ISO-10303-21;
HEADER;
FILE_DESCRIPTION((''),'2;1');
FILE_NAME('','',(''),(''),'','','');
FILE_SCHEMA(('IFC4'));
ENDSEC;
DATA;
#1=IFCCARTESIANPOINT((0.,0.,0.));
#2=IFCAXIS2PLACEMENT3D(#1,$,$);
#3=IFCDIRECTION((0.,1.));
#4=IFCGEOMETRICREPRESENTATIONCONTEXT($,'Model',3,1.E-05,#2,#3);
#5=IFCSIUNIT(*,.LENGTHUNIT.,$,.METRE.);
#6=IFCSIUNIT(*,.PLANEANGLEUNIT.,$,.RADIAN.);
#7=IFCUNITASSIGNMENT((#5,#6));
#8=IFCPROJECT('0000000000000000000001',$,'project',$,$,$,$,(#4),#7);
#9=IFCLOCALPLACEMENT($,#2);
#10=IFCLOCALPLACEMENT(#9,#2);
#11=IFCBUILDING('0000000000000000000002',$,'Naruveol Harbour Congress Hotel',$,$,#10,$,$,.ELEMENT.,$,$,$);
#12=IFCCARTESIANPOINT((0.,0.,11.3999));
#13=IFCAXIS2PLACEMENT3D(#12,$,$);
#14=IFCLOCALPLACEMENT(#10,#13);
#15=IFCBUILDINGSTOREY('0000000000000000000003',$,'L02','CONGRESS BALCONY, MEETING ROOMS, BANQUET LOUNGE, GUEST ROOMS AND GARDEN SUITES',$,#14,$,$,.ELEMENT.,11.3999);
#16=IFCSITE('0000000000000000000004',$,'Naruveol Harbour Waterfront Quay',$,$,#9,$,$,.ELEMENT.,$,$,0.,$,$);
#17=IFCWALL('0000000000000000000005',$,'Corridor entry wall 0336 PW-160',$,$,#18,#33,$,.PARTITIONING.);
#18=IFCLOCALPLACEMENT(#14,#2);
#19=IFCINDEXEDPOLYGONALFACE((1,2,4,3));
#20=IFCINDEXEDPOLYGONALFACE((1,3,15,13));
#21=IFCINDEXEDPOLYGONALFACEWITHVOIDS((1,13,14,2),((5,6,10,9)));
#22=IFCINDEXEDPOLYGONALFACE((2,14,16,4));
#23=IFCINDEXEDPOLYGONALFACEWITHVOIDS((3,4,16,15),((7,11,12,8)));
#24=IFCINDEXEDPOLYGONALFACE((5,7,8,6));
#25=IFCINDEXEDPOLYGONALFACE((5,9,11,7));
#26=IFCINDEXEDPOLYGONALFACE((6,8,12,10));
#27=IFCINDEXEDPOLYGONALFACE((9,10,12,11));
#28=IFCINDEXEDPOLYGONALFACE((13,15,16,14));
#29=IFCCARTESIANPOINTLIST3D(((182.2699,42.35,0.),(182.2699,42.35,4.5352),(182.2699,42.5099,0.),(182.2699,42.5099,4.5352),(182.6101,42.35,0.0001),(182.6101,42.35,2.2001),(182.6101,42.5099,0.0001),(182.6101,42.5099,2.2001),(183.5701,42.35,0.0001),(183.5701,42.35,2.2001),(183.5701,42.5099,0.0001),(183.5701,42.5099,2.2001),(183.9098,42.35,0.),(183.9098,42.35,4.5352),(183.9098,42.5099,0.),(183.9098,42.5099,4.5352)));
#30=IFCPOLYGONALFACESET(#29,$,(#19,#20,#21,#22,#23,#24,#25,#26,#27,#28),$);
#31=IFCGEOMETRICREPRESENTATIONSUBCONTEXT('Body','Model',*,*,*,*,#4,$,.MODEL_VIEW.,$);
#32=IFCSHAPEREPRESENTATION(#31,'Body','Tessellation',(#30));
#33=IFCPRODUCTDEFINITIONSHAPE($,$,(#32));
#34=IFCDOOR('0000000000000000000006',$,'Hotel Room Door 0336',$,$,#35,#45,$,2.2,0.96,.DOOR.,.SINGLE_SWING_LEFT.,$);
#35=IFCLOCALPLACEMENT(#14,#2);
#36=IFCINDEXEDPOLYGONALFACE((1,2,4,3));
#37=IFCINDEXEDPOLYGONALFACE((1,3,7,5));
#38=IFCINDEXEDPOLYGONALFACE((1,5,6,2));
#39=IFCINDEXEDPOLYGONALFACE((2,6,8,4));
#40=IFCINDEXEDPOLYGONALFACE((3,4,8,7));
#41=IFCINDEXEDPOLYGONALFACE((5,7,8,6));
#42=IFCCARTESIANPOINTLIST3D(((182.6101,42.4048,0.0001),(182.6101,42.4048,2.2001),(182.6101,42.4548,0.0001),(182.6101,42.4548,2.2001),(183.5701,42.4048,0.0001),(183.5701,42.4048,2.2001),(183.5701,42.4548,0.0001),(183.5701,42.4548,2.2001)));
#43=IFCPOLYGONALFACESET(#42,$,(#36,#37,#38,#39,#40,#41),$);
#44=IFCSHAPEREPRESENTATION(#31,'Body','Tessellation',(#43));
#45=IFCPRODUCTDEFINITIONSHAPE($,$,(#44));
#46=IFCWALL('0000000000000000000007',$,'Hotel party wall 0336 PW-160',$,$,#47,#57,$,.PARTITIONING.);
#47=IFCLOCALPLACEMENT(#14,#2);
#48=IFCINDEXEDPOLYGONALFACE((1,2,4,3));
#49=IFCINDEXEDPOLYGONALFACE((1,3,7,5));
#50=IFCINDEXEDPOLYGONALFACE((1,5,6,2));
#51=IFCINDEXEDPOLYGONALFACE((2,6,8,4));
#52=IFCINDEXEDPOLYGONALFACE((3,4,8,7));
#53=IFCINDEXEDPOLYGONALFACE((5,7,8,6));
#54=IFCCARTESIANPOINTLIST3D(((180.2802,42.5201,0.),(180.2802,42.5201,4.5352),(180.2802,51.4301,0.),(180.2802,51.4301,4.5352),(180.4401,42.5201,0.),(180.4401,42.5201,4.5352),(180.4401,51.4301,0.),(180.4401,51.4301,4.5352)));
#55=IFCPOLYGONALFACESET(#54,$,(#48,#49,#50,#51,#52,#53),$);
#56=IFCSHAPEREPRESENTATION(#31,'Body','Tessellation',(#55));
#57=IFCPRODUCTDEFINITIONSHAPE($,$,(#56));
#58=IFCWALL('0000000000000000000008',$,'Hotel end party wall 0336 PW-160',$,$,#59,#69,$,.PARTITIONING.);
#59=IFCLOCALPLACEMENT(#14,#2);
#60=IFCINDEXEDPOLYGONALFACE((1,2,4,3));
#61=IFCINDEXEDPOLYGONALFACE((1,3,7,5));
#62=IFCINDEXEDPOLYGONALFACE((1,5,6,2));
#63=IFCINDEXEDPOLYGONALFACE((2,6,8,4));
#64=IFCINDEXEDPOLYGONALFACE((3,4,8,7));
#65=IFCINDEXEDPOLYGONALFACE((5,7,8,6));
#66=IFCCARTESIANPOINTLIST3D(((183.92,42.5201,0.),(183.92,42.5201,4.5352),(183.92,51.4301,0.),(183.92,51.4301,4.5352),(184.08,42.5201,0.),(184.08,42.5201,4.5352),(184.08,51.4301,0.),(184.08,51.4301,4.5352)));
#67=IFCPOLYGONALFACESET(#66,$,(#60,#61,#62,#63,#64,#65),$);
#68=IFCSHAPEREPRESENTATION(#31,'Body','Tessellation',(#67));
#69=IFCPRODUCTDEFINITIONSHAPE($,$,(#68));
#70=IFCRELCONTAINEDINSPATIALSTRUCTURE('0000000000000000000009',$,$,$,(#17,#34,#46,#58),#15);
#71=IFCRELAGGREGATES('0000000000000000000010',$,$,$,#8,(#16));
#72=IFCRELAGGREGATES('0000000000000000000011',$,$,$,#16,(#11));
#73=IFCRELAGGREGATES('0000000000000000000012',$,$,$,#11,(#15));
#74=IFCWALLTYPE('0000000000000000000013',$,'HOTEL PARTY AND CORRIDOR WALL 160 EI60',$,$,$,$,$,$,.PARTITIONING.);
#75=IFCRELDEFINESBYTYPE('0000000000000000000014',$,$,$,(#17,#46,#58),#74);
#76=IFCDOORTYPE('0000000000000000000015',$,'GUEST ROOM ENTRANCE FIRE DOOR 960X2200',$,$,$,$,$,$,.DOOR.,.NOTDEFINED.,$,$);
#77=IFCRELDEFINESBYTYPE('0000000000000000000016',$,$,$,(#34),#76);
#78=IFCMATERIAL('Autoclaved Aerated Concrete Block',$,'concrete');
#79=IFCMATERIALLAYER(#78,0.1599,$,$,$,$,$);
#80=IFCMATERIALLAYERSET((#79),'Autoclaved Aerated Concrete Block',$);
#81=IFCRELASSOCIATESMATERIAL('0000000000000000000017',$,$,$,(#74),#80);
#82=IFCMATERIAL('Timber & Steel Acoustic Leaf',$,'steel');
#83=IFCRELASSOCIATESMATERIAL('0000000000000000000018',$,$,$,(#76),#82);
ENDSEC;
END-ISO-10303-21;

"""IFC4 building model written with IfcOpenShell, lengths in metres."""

from ifc_helpers import new_model, si_unit, direction, frame, frame_2d, origin, place, context, subcontext, project, spatial, rectangle, extrude, material, layer, layer_set, type_object, element, fill, save


model = new_model("IFC4")

# Units and contexts
model_context = context("Model", 3, precision=1e-05, world=origin(), true_north=direction((0.0, 1.0)))
body_context = subcontext(model_context, "Body", "Model", "MODEL_VIEW")
ifc_project = project(units=[si_unit("LENGTHUNIT", "METRE"), si_unit("PLANEANGLEUNIT", "RADIAN")], contexts=[model_context])

# Site, building, storey
site_placement = place(None, origin())
site = spatial("IfcSite", under=ifc_project, at=site_placement, Name="Naruveol Harbour Waterfront Quay", CompositionType="ELEMENT", RefElevation=0.0)
building_placement = place(site_placement, origin())
building = spatial("IfcBuilding", under=site, at=building_placement, Name="Naruveol Harbour Congress Hotel", CompositionType="ELEMENT")
storey_placement = place(building_placement, frame((0.0, 0.0, 11.3999)))
storey = spatial("IfcBuildingStorey", under=building, at=storey_placement, Name="L02", Description="CONGRESS BALCONY, MEETING ROOMS, BANQUET LOUNGE, GUEST ROOMS AND GARDEN SUITES", CompositionType="ELEMENT", Elevation=11.3999)

# Shared definitions
ifc_material_1 = material(Name="Autoclaved Aerated Concrete Block", Category="concrete")
ifc_layer_1 = layer(ifc_material_1, 0.1599)
ifc_layer_set_1 = layer_set([ifc_layer_1], Name="Autoclaved Aerated Concrete Block")
wall_type_1 = type_object("IfcWallType", Name="HOTEL PARTY AND CORRIDOR WALL 160 EI60", PredefinedType="PARTITIONING", material=ifc_layer_set_1)

# Wall, opening, door
wall_1_placement = place(storey_placement, frame((182.27, 42.4299, 0.0), z_axis=(0.0, 0.0, 1.0), x_axis=(1.0, 0.0, 0.0)))
wall_1 = element("IfcWall", 1, at=wall_1_placement, inside=storey, type_object=wall_type_1, Name="Corridor entry wall 0336 PW-160", PredefinedType="PARTITIONING", context=body_context, shape_type="SweptSolid", body=[
    extrude(rectangle(XDim=1.6399, YDim=0.1599, at=frame_2d((0.8198, 0.0))), origin(), (0.0, 0.0, 1.0), 4.5352),
])
opening_1_placement = place(wall_1_placement, frame((0.3401, 0.0, 0.0)))
opening_1 = element("IfcOpeningElement", 2, at=opening_1_placement, cuts=wall_1, PredefinedType="OPENING", context=body_context, shape_type="SweptSolid", body=[
    extrude(rectangle(XDim=0.96, YDim=2.2, at=frame_2d((0.48, 1.1001))), frame((0.0, 0.0898, 0.0), z_axis=(0.0, -1.0, 0.0), x_axis=(1.0, 0.0, 0.0)), (0.0, 0.0, 1.0), 0.1799),
])
ifc_material_2 = material(Name="Timber & Steel Acoustic Leaf", Category="steel")
door_type_1 = type_object("IfcDoorType", Name="GUEST ROOM ENTRANCE FIRE DOOR 960X2200", OperationType="NOTDEFINED", PredefinedType="DOOR", material=ifc_material_2)
door_1_placement = place(opening_1_placement, origin())
door_1 = element("IfcDoor", 3, at=door_1_placement, inside=storey, type_object=door_type_1, Name="Hotel Room Door 0336", OperationType="SINGLE_SWING_LEFT", OverallHeight=2.2, OverallWidth=0.96, PredefinedType="DOOR", context=body_context, shape_type="SweptSolid", body=[
    extrude(rectangle(XDim=0.96, YDim=2.2, at=frame_2d((0.48, 1.1001))), frame((0.0, 0.0249, 0.0), z_axis=(0.0, -1.0, 0.0), x_axis=(1.0, 0.0, 0.0)), (0.0, 0.0, 1.0), 0.05),
])
fill(opening_1, door_1)

# Walls
for number, where, z_axis, x_axis, name in (
    (4, (180.3601, 42.52, 0.0), (0.0, 0.0, 1.0), (0.0, 1.0, 0.0), "Hotel party wall 0336 PW-160"),
    (5, (184.0, 42.52, 0.0), (0.0, 0.0, 1.0), (0.0, 1.0, 0.0), "Hotel end party wall 0336 PW-160"),
):
    element("IfcWall", number, at=place(storey_placement, frame(where, z_axis=z_axis, x_axis=x_axis)), inside=storey, type_object=wall_type_1, Name=name, PredefinedType="PARTITIONING", context=body_context, shape_type="SweptSolid", body=[
        extrude(rectangle(XDim=8.9099, YDim=0.1599, at=frame_2d((4.4551, 0.0))), origin(), (0.0, 0.0, 1.0), 4.5352),
    ])

save(model, "model.ifc")
